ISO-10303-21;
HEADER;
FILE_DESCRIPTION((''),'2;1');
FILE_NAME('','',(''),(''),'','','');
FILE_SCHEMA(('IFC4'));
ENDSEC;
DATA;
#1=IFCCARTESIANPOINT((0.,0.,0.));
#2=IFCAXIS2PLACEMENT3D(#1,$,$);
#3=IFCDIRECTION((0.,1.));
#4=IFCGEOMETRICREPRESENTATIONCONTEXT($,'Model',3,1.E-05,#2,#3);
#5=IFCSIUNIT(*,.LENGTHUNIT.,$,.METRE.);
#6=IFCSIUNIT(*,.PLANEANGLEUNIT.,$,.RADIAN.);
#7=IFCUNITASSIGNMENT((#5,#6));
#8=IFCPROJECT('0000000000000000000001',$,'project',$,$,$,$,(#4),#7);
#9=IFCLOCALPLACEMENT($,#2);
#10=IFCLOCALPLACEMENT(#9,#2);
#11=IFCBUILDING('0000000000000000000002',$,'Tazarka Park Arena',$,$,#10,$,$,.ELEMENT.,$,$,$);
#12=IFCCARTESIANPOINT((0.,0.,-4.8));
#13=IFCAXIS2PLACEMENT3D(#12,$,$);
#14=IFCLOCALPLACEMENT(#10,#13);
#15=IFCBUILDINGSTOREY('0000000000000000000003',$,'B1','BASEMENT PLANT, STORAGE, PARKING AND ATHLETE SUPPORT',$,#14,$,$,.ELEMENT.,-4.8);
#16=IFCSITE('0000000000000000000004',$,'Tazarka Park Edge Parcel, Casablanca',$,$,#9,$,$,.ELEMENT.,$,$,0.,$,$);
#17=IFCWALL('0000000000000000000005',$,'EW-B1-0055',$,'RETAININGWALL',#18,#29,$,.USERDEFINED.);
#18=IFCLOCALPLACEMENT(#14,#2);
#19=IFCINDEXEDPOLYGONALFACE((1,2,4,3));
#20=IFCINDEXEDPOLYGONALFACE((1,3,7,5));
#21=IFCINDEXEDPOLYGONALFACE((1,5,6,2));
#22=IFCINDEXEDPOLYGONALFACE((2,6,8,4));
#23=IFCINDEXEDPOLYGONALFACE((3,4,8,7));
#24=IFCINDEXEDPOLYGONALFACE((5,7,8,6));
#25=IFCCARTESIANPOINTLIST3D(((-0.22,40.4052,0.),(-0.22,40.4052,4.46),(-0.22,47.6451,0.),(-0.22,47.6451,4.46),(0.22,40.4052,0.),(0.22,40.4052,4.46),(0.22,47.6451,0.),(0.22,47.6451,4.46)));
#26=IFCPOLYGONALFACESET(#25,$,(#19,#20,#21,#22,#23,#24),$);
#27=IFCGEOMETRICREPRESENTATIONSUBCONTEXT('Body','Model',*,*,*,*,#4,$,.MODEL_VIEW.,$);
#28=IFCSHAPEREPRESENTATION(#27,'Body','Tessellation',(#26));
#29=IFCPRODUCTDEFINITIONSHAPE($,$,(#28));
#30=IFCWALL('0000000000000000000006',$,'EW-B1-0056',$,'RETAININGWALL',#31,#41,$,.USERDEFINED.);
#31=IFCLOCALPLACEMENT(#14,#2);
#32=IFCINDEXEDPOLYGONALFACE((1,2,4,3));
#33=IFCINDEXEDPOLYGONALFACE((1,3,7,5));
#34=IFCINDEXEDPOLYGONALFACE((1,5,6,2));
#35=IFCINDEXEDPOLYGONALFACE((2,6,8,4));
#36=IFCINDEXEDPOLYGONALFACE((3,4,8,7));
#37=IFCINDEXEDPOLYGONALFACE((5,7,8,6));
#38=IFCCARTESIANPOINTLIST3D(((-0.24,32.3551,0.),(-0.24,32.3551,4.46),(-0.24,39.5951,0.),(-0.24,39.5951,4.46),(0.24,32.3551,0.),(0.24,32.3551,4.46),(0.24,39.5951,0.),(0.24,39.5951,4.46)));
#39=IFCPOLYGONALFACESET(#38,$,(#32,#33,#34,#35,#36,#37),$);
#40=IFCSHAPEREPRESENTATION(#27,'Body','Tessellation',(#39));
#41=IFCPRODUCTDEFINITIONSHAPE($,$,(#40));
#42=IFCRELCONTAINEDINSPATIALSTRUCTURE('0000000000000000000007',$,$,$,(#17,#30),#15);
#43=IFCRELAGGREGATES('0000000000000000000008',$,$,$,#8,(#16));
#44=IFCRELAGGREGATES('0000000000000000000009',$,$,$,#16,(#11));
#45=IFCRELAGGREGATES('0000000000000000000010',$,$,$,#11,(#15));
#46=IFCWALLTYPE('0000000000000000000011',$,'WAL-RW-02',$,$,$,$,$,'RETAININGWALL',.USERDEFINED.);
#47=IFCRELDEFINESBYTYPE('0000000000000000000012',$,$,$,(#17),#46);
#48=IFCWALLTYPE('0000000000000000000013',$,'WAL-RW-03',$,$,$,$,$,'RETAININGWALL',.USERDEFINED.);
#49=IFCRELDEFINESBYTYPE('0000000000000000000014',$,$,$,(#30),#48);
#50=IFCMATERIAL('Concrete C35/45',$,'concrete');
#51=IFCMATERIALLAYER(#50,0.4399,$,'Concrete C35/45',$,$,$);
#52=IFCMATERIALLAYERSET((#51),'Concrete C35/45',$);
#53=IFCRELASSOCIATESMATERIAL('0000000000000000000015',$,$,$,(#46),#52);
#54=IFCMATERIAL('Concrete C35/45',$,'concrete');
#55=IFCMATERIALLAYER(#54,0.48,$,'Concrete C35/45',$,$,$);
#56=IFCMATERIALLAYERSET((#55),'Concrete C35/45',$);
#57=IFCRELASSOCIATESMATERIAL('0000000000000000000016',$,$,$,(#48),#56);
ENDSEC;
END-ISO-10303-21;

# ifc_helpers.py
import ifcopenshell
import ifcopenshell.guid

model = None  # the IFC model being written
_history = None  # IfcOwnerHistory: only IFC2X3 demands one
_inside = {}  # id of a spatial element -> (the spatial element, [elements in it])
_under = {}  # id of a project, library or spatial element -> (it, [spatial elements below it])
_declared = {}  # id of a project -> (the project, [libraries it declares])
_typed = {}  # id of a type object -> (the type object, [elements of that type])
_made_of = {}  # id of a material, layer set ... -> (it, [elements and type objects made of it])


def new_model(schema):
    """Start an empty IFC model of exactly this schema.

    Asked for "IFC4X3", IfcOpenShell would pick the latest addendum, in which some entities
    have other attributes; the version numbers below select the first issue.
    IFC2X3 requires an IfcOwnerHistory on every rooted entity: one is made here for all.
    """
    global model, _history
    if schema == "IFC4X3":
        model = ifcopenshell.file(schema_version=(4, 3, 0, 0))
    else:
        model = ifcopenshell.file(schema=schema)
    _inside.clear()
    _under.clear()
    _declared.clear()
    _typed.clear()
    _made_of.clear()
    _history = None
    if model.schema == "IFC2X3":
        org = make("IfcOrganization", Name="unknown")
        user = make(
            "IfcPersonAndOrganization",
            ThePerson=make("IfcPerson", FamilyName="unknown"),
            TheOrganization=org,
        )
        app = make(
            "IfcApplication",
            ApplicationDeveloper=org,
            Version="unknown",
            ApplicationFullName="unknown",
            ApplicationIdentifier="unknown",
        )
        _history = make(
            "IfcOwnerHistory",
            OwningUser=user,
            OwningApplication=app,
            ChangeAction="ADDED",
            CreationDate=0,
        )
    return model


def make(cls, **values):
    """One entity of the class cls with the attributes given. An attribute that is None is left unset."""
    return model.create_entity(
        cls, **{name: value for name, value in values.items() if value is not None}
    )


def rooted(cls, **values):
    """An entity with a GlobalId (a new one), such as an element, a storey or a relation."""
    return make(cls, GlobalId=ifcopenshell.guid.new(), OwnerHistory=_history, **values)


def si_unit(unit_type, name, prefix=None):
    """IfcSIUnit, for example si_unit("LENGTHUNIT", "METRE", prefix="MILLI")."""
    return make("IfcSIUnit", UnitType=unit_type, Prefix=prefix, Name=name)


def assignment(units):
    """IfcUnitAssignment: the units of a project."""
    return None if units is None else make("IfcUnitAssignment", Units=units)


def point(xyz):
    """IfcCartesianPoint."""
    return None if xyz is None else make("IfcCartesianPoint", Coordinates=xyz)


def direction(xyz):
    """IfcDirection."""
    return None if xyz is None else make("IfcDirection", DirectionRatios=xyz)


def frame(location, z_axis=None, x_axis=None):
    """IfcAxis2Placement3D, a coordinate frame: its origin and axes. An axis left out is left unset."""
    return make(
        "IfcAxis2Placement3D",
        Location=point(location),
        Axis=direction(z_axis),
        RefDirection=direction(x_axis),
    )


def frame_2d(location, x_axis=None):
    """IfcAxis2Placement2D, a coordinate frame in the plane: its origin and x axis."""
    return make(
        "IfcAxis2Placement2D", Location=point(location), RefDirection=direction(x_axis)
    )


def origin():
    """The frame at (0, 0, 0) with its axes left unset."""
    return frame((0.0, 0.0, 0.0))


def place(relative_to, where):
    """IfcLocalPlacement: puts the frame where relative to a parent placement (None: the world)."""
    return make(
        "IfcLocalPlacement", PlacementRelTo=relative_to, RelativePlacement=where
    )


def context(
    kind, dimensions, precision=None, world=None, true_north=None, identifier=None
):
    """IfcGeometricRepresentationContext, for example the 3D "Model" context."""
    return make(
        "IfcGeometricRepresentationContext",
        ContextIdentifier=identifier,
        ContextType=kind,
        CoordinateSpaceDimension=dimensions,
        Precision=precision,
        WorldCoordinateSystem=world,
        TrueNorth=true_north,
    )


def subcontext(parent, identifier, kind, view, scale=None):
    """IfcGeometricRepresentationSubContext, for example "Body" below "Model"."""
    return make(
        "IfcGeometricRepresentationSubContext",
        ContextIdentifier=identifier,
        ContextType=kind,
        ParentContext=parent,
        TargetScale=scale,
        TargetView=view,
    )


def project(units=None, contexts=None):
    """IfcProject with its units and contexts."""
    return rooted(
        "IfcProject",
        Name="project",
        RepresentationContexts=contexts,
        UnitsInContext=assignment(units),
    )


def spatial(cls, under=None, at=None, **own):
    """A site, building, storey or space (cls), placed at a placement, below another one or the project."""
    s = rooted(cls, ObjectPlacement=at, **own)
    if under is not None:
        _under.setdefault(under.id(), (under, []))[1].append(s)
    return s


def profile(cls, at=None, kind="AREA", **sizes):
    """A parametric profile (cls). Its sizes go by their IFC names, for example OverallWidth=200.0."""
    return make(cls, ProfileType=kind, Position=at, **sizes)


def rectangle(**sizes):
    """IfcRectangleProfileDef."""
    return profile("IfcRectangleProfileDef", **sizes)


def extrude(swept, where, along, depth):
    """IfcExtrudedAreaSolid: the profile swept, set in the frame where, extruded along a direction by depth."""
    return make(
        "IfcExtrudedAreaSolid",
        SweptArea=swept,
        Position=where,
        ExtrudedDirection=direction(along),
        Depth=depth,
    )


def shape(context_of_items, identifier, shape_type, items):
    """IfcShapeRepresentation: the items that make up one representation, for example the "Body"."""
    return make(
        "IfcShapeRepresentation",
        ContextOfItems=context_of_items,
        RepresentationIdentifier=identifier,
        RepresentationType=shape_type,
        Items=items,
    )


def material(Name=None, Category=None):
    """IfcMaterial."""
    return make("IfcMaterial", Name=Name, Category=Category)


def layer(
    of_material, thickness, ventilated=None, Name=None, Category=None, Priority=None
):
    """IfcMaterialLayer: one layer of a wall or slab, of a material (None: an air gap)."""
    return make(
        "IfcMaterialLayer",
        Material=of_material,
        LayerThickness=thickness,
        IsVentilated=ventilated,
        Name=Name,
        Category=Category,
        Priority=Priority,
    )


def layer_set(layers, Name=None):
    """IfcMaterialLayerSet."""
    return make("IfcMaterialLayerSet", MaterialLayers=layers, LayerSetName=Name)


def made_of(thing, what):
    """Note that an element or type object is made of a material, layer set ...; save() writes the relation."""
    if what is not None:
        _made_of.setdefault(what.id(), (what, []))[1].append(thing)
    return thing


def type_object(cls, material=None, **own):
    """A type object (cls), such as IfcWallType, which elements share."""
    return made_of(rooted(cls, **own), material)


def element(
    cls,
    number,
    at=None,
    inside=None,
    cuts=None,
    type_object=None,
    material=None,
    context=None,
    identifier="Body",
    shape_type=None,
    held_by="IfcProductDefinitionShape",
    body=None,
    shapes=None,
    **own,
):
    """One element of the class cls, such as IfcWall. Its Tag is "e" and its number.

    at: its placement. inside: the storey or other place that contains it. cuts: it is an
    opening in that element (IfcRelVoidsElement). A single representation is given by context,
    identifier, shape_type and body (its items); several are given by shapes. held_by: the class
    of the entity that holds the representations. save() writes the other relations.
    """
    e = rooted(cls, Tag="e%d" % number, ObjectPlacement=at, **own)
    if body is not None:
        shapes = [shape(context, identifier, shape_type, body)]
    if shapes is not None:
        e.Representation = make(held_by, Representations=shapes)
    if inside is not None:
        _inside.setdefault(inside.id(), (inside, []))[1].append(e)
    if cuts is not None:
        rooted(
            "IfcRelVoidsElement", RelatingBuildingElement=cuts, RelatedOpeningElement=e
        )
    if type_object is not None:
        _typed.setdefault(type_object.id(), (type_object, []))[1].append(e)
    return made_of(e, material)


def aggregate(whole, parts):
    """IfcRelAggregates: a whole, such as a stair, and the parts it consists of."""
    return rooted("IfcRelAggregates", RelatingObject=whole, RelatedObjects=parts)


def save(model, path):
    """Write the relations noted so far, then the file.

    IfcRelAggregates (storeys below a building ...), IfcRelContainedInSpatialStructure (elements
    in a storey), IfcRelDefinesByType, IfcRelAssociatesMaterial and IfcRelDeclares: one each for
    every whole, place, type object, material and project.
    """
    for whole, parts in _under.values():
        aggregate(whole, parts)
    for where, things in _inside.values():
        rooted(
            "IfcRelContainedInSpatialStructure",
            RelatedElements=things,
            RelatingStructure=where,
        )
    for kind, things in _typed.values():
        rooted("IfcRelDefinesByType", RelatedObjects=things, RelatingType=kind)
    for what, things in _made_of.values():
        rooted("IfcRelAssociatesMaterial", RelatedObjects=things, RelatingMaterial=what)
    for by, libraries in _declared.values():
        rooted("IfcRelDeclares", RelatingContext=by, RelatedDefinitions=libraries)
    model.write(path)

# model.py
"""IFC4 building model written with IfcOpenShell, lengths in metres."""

from ifc_helpers import new_model, si_unit, direction, frame, frame_2d, origin, place, context, subcontext, project, spatial, rectangle, extrude, material, layer, layer_set, type_object, element, save


model = new_model("IFC4")

# Units and contexts
model_context = context("Model", 3, precision=1e-05, world=origin(), true_north=direction((0.0, 1.0)))
body_context = subcontext(model_context, "Body", "Model", "MODEL_VIEW")
ifc_project = project(units=[si_unit("LENGTHUNIT", "METRE"), si_unit("PLANEANGLEUNIT", "RADIAN")], contexts=[model_context])

# Site, building, storey
site_placement = place(None, origin())
site = spatial("IfcSite", under=ifc_project, at=site_placement, Name="Tazarka Park Edge Parcel, Casablanca", CompositionType="ELEMENT", RefElevation=0.0)
building_placement = place(site_placement, origin())
building = spatial("IfcBuilding", under=site, at=building_placement, Name="Tazarka Park Arena", CompositionType="ELEMENT")
storey_placement = place(building_placement, frame((0.0, 0.0, -4.8)))
storey = spatial("IfcBuildingStorey", under=building, at=storey_placement, Name="B1", Description="BASEMENT PLANT, STORAGE, PARKING AND ATHLETE SUPPORT", CompositionType="ELEMENT", Elevation=-4.8)

# Walls
ifc_material_1 = material(Name="Concrete C35/45", Category="concrete")
ifc_layer_1 = layer(ifc_material_1, 0.4399, Name="Concrete C35/45")
ifc_layer_set_1 = layer_set([ifc_layer_1], Name="Concrete C35/45")
wall_type_1 = type_object("IfcWallType", Name="WAL-RW-02", ElementType="RETAININGWALL", PredefinedType="USERDEFINED", material=ifc_layer_set_1)
wall_1_placement = place(storey_placement, frame((0.0, 40.405, 0.0), z_axis=(0.0, 0.0, 1.0), x_axis=(0.0, 1.0, 0.0)))
element("IfcWall", 1, at=wall_1_placement, inside=storey, type_object=wall_type_1, Name="EW-B1-0055", ObjectType="RETAININGWALL", PredefinedType="USERDEFINED", context=body_context, shape_type="SweptSolid", body=[
    extrude(rectangle(XDim=7.24, YDim=0.4399, at=frame_2d((3.6201, 0.0))), origin(), (0.0, 0.0, 1.0), 4.46),
])
ifc_material_2 = material(Name="Concrete C35/45", Category="concrete")
ifc_layer_2 = layer(ifc_material_2, 0.48, Name="Concrete C35/45")
ifc_layer_set_2 = layer_set([ifc_layer_2], Name="Concrete C35/45")
wall_type_2 = type_object("IfcWallType", Name="WAL-RW-03", ElementType="RETAININGWALL", PredefinedType="USERDEFINED", material=ifc_layer_set_2)
wall_2_placement = place(storey_placement, frame((0.0, 32.355, 0.0), z_axis=(0.0, 0.0, 1.0), x_axis=(0.0, 1.0, 0.0)))
element("IfcWall", 2, at=wall_2_placement, inside=storey, type_object=wall_type_2, Name="EW-B1-0056", ObjectType="RETAININGWALL", PredefinedType="USERDEFINED", context=body_context, shape_type="SweptSolid", body=[
    extrude(rectangle(XDim=7.24, YDim=0.48, at=frame_2d((3.6201, 0.0))), origin(), (0.0, 0.0, 1.0), 4.46),
])

save(model, "model.ifc")
